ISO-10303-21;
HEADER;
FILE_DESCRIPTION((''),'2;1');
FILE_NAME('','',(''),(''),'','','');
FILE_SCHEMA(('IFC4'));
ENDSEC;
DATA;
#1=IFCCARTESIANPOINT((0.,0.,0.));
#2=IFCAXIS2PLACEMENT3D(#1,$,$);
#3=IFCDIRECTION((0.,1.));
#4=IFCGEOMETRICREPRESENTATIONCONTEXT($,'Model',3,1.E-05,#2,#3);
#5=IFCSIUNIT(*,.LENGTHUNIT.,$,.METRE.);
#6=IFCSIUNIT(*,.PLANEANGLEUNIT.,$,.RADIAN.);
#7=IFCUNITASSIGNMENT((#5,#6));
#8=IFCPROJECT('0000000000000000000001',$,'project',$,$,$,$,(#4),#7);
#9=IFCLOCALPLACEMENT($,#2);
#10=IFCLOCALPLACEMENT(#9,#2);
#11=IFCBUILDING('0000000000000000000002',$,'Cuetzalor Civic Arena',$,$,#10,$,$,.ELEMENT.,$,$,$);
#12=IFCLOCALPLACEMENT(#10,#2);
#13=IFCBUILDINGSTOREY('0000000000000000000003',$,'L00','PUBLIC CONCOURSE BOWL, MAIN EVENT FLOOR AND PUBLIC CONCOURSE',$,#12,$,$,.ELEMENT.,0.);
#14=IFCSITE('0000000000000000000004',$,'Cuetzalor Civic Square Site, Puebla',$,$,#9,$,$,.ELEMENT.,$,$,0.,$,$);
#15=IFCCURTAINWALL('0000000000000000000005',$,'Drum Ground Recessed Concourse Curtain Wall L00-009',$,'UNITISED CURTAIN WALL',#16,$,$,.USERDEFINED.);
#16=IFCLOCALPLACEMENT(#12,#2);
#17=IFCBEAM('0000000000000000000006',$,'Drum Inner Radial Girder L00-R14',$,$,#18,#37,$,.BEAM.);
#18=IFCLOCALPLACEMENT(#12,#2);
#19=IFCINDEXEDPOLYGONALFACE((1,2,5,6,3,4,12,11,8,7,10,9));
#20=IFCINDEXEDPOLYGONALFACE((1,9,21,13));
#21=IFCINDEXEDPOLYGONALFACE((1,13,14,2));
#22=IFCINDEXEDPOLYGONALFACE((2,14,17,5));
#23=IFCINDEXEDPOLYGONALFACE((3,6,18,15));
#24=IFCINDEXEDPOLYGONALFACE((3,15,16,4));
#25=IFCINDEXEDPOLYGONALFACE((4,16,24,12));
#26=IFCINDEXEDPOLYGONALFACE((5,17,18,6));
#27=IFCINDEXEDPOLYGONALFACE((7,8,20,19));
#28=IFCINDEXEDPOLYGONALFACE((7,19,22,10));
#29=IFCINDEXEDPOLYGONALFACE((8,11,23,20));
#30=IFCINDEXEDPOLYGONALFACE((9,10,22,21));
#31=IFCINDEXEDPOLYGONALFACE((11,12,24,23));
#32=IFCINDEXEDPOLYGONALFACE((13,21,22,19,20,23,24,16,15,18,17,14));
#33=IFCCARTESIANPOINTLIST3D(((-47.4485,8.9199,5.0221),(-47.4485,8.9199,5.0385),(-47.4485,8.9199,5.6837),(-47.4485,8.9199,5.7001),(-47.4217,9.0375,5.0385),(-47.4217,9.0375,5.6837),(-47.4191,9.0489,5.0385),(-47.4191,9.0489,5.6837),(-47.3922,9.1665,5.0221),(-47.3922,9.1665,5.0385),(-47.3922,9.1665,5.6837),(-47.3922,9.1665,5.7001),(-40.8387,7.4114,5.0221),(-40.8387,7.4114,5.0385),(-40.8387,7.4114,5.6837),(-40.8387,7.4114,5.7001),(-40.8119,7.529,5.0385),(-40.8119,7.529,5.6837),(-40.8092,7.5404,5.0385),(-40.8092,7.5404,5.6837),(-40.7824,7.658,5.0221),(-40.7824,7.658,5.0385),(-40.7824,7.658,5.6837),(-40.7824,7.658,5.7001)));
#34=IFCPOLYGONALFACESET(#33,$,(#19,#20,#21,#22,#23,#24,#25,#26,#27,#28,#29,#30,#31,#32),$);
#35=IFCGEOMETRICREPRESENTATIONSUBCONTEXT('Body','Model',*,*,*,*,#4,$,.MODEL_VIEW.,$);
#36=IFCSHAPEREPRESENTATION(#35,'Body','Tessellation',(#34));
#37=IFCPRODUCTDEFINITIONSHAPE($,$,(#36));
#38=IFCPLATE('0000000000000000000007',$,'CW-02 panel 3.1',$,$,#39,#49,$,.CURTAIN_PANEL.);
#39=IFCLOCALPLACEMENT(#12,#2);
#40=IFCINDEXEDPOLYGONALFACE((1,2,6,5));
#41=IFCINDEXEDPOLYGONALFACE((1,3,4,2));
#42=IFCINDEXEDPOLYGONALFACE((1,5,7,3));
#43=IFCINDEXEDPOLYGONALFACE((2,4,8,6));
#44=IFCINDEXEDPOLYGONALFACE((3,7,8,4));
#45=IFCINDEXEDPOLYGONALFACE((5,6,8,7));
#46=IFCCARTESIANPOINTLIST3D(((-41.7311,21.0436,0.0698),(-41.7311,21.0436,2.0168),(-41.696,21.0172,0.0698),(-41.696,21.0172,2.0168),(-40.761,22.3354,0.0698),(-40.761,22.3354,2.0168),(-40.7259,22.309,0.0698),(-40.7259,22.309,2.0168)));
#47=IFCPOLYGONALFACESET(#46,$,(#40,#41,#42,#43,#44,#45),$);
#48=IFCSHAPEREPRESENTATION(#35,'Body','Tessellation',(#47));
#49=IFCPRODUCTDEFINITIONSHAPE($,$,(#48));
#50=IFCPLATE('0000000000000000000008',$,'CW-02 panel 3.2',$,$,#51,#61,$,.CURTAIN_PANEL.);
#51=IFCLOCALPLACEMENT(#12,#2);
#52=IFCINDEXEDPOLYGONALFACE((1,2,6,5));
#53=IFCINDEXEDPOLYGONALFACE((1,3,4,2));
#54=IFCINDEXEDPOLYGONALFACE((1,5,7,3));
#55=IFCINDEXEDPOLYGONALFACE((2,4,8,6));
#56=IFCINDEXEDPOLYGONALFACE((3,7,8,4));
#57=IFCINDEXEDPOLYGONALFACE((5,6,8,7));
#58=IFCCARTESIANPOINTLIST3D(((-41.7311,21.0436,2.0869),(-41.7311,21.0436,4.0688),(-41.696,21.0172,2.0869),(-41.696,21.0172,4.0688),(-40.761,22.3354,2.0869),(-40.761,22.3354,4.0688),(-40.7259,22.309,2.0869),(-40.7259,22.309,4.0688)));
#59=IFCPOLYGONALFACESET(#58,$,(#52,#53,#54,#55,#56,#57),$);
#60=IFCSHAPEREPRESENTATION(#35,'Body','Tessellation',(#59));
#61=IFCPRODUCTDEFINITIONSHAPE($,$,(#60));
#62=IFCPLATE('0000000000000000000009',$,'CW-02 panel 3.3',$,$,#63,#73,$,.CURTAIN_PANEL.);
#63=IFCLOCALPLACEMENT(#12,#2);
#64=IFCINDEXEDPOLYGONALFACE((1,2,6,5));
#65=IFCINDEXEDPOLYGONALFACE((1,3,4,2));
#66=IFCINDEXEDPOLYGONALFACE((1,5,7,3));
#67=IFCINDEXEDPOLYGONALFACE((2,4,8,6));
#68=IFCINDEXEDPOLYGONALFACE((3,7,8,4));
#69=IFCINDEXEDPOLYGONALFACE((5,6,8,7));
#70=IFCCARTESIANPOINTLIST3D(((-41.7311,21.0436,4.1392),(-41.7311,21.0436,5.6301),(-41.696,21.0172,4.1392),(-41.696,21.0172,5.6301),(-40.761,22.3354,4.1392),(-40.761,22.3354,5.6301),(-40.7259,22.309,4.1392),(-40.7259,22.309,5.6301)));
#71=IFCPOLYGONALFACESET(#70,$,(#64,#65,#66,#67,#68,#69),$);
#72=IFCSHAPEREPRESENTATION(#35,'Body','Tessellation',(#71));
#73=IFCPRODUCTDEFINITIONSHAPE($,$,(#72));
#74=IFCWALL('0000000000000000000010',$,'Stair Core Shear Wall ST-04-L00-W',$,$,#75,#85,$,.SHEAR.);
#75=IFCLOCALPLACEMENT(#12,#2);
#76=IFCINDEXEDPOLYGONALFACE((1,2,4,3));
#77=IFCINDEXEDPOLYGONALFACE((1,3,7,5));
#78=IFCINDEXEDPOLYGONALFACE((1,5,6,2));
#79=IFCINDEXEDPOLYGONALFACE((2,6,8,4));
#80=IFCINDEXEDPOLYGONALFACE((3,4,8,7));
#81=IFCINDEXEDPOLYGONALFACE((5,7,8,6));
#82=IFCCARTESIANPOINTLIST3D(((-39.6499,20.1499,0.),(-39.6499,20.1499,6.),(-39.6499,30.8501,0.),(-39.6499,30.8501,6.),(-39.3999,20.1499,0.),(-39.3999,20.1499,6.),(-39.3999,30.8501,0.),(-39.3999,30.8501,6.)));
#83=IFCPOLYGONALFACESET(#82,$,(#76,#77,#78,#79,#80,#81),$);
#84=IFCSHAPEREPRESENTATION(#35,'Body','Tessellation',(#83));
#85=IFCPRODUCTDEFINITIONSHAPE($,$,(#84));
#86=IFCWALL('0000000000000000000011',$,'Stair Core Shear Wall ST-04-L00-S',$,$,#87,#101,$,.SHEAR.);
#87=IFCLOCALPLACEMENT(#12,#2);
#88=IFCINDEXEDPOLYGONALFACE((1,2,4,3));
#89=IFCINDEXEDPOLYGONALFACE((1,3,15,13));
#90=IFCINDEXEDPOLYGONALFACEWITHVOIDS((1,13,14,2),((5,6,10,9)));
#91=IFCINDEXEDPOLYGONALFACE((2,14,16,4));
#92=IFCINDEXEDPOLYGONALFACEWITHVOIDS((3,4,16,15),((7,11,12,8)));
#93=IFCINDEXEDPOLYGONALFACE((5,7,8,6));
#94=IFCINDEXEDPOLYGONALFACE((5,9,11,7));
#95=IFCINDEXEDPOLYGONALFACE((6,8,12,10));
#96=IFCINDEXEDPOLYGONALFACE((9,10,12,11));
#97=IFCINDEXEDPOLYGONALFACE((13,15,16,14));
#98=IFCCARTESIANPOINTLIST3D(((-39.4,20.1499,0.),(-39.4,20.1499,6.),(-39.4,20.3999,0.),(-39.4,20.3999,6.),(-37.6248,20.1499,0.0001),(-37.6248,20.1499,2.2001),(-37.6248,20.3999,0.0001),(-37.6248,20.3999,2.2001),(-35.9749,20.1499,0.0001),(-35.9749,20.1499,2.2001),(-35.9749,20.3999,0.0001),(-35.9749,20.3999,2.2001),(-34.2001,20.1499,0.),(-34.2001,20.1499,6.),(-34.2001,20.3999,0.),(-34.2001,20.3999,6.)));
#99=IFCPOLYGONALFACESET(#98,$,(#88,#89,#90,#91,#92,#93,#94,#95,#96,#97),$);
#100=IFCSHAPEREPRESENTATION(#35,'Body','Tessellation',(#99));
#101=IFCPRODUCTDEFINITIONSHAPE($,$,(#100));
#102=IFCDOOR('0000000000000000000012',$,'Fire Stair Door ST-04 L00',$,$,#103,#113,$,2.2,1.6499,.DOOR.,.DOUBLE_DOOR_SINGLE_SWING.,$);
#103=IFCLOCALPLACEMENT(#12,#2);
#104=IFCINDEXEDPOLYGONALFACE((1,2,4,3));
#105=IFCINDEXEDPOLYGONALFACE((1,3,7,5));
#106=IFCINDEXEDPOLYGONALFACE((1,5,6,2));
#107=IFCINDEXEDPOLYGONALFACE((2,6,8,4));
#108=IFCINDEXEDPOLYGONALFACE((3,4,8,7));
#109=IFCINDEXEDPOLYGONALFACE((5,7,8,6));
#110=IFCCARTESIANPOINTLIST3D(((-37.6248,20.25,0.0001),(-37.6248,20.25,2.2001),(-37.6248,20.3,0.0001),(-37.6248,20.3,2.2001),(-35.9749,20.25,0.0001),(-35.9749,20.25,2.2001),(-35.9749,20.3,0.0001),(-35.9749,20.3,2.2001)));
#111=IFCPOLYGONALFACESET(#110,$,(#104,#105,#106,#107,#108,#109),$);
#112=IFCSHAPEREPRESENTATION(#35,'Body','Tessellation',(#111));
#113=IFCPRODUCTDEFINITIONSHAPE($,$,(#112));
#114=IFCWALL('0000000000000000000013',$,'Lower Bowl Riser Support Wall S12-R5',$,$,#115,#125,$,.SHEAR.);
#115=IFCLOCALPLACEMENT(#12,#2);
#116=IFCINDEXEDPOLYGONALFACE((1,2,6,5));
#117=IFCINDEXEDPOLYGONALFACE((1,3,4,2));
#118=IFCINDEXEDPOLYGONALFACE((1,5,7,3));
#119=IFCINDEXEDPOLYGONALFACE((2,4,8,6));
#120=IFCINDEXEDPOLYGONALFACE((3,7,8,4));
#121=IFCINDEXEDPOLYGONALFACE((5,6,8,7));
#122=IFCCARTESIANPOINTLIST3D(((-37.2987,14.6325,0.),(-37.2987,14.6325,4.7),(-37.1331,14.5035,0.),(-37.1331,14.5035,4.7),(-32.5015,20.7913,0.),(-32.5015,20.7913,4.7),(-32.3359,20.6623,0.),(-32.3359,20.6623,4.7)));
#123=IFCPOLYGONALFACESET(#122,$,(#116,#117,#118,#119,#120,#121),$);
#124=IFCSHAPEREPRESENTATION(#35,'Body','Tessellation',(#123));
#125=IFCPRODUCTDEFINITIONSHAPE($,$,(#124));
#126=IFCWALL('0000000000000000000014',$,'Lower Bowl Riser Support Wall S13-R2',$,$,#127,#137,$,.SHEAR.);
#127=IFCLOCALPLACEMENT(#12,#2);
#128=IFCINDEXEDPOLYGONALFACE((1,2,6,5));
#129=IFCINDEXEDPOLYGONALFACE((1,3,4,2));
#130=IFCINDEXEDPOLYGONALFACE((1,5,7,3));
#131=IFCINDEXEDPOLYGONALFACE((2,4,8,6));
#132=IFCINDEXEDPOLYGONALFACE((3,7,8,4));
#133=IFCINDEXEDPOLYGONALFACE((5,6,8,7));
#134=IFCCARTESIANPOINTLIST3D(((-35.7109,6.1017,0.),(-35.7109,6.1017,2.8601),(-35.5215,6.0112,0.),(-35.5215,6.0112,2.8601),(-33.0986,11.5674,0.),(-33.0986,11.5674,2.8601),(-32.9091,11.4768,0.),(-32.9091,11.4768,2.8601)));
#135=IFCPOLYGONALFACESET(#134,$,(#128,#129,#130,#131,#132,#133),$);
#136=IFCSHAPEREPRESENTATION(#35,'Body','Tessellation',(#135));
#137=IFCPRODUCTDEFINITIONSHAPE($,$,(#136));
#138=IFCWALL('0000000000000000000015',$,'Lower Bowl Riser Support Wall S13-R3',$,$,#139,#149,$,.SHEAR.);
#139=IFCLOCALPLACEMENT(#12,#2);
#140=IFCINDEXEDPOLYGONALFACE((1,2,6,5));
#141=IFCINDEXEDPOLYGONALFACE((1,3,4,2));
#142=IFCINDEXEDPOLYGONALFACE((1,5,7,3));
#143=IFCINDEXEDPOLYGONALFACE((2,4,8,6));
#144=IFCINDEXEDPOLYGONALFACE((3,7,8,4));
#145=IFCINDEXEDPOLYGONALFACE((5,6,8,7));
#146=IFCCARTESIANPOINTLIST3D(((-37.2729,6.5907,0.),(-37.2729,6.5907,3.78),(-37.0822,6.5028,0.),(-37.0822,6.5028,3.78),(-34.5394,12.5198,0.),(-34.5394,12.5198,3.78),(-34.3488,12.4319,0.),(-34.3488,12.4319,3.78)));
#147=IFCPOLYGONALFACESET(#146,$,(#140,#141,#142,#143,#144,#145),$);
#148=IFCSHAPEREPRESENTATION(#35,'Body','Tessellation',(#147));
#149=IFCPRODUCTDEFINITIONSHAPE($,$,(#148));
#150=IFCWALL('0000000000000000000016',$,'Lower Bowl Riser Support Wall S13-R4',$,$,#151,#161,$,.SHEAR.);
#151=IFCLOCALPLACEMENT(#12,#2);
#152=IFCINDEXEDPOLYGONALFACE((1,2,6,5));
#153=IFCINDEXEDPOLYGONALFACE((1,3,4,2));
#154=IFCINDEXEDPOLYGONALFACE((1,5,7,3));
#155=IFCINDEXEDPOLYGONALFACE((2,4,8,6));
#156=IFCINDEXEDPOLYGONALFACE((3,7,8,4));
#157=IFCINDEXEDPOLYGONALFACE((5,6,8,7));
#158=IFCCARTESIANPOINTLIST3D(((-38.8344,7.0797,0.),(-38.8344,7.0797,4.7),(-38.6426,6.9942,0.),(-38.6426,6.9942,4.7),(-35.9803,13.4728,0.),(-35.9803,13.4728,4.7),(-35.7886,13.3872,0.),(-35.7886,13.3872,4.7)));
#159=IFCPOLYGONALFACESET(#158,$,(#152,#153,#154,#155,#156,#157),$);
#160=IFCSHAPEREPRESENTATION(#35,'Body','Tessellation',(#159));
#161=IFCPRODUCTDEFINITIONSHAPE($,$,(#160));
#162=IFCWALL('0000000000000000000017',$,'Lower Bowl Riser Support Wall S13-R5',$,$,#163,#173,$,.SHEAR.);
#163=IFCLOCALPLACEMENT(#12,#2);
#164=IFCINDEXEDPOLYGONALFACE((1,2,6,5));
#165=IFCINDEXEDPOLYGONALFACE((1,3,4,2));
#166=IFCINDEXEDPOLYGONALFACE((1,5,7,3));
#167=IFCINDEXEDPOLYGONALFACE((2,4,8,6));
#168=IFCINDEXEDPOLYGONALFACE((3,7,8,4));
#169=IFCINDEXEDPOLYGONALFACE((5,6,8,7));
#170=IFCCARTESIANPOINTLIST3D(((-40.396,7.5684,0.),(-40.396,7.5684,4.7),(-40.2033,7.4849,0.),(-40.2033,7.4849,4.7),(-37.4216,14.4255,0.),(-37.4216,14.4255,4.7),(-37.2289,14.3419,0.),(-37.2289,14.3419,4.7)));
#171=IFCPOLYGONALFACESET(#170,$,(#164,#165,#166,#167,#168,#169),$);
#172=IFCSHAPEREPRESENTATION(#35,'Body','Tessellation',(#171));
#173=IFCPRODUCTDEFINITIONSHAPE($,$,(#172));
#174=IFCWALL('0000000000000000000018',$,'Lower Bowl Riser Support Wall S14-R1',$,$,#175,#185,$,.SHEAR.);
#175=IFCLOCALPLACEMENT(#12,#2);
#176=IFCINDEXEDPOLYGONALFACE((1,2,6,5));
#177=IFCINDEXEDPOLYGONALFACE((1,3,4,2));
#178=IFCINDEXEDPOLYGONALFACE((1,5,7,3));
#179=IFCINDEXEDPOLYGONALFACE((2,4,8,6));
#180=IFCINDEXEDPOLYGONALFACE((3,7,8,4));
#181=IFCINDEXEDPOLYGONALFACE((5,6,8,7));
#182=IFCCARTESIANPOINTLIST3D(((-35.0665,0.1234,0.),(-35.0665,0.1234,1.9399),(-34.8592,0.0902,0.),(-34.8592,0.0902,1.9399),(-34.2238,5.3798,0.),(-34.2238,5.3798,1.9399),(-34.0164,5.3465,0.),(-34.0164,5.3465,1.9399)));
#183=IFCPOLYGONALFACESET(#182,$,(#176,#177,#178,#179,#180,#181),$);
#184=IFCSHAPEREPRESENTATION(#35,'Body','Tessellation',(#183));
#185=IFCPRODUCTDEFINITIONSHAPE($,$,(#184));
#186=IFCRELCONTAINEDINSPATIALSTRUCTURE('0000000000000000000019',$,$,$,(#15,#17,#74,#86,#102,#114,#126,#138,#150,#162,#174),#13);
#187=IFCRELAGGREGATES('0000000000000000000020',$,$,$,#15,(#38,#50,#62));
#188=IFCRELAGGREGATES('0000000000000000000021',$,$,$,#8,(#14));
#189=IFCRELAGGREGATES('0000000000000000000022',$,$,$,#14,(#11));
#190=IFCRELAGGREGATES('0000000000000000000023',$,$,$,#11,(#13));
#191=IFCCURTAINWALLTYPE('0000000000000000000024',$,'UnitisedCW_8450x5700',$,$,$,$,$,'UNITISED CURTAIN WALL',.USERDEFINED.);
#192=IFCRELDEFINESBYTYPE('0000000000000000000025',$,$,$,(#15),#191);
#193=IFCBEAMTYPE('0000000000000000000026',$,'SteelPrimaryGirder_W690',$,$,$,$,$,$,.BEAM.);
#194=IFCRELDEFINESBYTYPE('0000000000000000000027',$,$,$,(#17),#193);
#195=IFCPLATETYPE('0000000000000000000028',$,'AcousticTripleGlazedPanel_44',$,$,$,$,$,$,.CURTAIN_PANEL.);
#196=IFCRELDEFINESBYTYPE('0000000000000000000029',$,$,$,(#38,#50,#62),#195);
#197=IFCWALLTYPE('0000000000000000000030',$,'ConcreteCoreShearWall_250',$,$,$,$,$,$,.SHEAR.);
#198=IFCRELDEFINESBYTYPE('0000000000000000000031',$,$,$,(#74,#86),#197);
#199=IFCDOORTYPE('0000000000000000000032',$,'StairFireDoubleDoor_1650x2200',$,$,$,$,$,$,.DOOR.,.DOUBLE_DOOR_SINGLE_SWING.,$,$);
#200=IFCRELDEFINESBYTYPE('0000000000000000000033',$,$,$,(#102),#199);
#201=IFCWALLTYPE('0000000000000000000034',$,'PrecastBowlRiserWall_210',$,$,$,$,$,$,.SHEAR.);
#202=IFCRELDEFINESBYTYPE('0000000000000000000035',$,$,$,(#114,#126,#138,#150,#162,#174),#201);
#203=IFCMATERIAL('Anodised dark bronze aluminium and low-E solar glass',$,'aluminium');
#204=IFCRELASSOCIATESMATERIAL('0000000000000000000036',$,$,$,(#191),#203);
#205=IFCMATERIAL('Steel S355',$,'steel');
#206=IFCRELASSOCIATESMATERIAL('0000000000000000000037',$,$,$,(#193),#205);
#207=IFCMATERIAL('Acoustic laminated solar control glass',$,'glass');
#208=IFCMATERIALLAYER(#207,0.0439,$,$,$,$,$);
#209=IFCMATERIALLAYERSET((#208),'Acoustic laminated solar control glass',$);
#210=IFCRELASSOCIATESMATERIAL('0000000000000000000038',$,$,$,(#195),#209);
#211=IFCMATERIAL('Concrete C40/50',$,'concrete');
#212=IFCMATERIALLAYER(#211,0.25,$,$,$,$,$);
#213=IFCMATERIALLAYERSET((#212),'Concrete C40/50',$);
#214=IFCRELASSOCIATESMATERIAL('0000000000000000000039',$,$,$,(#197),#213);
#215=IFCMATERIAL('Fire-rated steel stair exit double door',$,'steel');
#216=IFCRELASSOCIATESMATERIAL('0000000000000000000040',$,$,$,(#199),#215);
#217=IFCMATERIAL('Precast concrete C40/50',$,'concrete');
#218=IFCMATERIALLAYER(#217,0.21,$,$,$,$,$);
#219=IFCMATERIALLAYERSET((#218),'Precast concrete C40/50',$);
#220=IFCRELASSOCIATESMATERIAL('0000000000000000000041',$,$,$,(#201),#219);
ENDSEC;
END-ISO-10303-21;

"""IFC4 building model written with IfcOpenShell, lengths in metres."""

from ifc_helpers import new_model, si_unit, direction, frame, frame_2d, origin, origin_2d, place, context, subcontext, project, spatial, rectangle, i_section, extrude, material, layer, layer_set, material_profile, profile_set, type_object, element, fill, aggregate, save


model = new_model("IFC4")

# Units and contexts
model_context = context("Model", 3, precision=1e-05, world=origin(), true_north=direction((0.0, 1.0)))
body_context = subcontext(model_context, "Body", "Model", "MODEL_VIEW")
ifc_project = project(units=[si_unit("LENGTHUNIT", "METRE"), si_unit("PLANEANGLEUNIT", "RADIAN")], contexts=[model_context])

# Site, building, storey
site_placement = place(None, origin())
site = spatial("IfcSite", under=ifc_project, at=site_placement, Name="Cuetzalor Civic Square Site, Puebla", CompositionType="ELEMENT", RefElevation=0.0)
building_placement = place(site_placement, origin())
building = spatial("IfcBuilding", under=site, at=building_placement, Name="Cuetzalor Civic Arena", CompositionType="ELEMENT")
storey_placement = place(building_placement, origin())
storey = spatial("IfcBuildingStorey", under=building, at=storey_placement, Name="L00", Description="PUBLIC CONCOURSE BOWL, MAIN EVENT FLOOR AND PUBLIC CONCOURSE", CompositionType="ELEMENT", Elevation=0.0)

# Curtain wall
ifc_material_1 = material(Name="Anodised dark bronze aluminium and low-E solar glass", Category="aluminium")
curtain_wall_type = type_object("IfcCurtainWallType", Name="UnitisedCW_8450x5700", ElementType="UNITISED CURTAIN WALL", PredefinedType="USERDEFINED", material=ifc_material_1)
curtain_wall_placement = place(storey_placement, origin())
curtain_wall = element("IfcCurtainWall", 1, at=curtain_wall_placement, inside=storey, type_object=curtain_wall_type, Name="Drum Ground Recessed Concourse Curtain Wall L00-009", ObjectType="UNITISED CURTAIN WALL", PredefinedType="USERDEFINED")

# Beam
ifc_material_2 = material(Name="Steel S355", Category="steel")
ifc_material_profile_1 = material_profile(ifc_material_2, i_section(OverallWidth=0.2529, OverallDepth=0.678, WebThickness=0.0117, FlangeThickness=0.0164, at=origin_2d()), Name="W690x125")
ifc_profile_set_1 = profile_set([ifc_material_profile_1], Name="Steel S355")
beam_type_1 = type_object("IfcBeamType", Name="SteelPrimaryGirder_W690", PredefinedType="BEAM", material=ifc_profile_set_1)
beam_1_placement = place(storey_placement, frame((-40.8105, 7.5347, 5.3611), z_axis=(-0.974932, 0.222505, 0.0), x_axis=(-0.222505, -0.974932, 0.0)))
element("IfcBeam", 2, at=beam_1_placement, inside=storey, type_object=beam_type_1, Name="Drum Inner Radial Girder L00-R14", PredefinedType="BEAM", context=body_context, shape_type="SweptSolid", body=[
    extrude(i_section(OverallWidth=0.2529, OverallDepth=0.678, WebThickness=0.0117, FlangeThickness=0.0164, at=origin_2d()), origin(), (0.0, 0.0, 1.0), 6.7798),
])

# Plates
ifc_material_3 = material(Name="Acoustic laminated solar control glass", Category="glass")
ifc_layer_1 = layer(ifc_material_3, 0.0439)
ifc_layer_set_1 = layer_set([ifc_layer_1], Name="Acoustic laminated solar control glass")
plate_type = type_object("IfcPlateType", Name="AcousticTripleGlazedPanel_44", PredefinedType="CURTAIN_PANEL", material=ifc_layer_set_1)
plate_1_placement = place(storey_placement, frame((-41.2285, 21.6763, 0.0698), z_axis=(0.0, 0.0, 1.0), x_axis=(0.600492, 0.799631, 0.0)))
plate_1 = element("IfcPlate", 3, at=plate_1_placement, type_object=plate_type, Name="CW-02 panel 3.1", PredefinedType="CURTAIN_PANEL", context=body_context, shape_type="SweptSolid", body=[
    extrude(rectangle(XDim=1.6155, YDim=0.0439, at=origin_2d()), origin(), (0.0, 0.0, 1.0), 1.947),
])
plate_2_placement = place(storey_placement, frame((-41.2285, 21.6763, 2.0869), z_axis=(0.0, 0.0, 1.0), x_axis=(0.600492, 0.799631, 0.0)))
plate_2 = element("IfcPlate", 4, at=plate_2_placement, type_object=plate_type, Name="CW-02 panel 3.2", PredefinedType="CURTAIN_PANEL", context=body_context, shape_type="SweptSolid", body=[
    extrude(rectangle(XDim=1.6155, YDim=0.0439, at=origin_2d()), origin(), (0.0, 0.0, 1.0), 1.9819),
])
plate_3_placement = place(storey_placement, frame((-41.2285, 21.6763, 4.1392), z_axis=(0.0, 0.0, 1.0), x_axis=(0.600492, 0.799631, 0.0)))
plate_3 = element("IfcPlate", 5, at=plate_3_placement, type_object=plate_type, Name="CW-02 panel 3.3", PredefinedType="CURTAIN_PANEL", context=body_context, shape_type="SweptSolid", body=[
    extrude(rectangle(XDim=1.6155, YDim=0.0439, at=origin_2d()), origin(), (0.0, 0.0, 1.0), 1.491),
])
aggregate(curtain_wall, [plate_1, plate_2, plate_3])

# Wall
ifc_material_4 = material(Name="Concrete C40/50", Category="concrete")
ifc_layer_2 = layer(ifc_material_4, 0.25)
ifc_layer_set_2 = layer_set([ifc_layer_2], Name="Concrete C40/50")
wall_type_1 = type_object("IfcWallType", Name="ConcreteCoreShearWall_250", PredefinedType="SHEAR", material=ifc_layer_set_2)
wall_1_placement = place(storey_placement, frame((-39.5249, 20.1499, 0.0), z_axis=(0.0, 0.0, 1.0), x_axis=(0.0, 1.0, 0.0)))
element("IfcWall", 6, at=wall_1_placement, inside=storey, type_object=wall_type_1, Name="Stair Core Shear Wall ST-04-L00-W", PredefinedType="SHEAR", context=body_context, shape_type="SweptSolid", body=[
    extrude(rectangle(XDim=10.7002, YDim=0.25, at=frame_2d((5.3501, 0.0))), origin(), (0.0, 0.0, 1.0), 6.0),
])

# Wall, opening, door
wall_2_placement = place(storey_placement, frame((-34.2, 20.2749, 0.0), z_axis=(0.0, 0.0, 1.0), x_axis=(-1.0, 0.0, 0.0)))
wall_2 = element("IfcWall", 7, at=wall_2_placement, inside=storey, type_object=wall_type_1, Name="Stair Core Shear Wall ST-04-L00-S", PredefinedType="SHEAR", context=body_context, shape_type="SweptSolid", body=[
    extrude(rectangle(XDim=5.2, YDim=0.25, at=frame_2d((2.6001, 0.0))), origin(), (0.0, 0.0, 1.0), 6.0),
])
opening_placement = place(wall_2_placement, frame((1.7749, 0.0, 0.0)))
opening = element("IfcOpeningElement", 8, at=opening_placement, cuts=wall_2, PredefinedType="OPENING", context=body_context, shape_type="SweptSolid", body=[
    extrude(rectangle(XDim=1.6499, YDim=2.2, at=frame_2d((0.825, 1.1001))), frame((0.0, 0.135, 0.0), z_axis=(0.0, -1.0, 0.0), x_axis=(1.0, 0.0, 0.0)), (0.0, 0.0, 1.0), 0.27),
])
ifc_material_5 = material(Name="Fire-rated steel stair exit double door", Category="steel")
door_type = type_object("IfcDoorType", Name="StairFireDoubleDoor_1650x2200", OperationType="DOUBLE_DOOR_SINGLE_SWING", PredefinedType="DOOR", material=ifc_material_5)
door_placement = place(opening_placement, origin())
door = element("IfcDoor", 9, at=door_placement, inside=storey, type_object=door_type, Name="Fire Stair Door ST-04 L00", OperationType="DOUBLE_DOOR_SINGLE_SWING", OverallHeight=2.2, OverallWidth=1.6499, PredefinedType="DOOR", context=body_context, shape_type="SweptSolid", body=[
    extrude(rectangle(XDim=1.6499, YDim=2.2, at=frame_2d((0.825, 1.1001))), frame((0.0, 0.0249, 0.0), z_axis=(0.0, -1.0, 0.0), x_axis=(1.0, 0.0, 0.0)), (0.0, 0.0, 1.0), 0.05),
])
fill(opening, door)

# Walls
ifc_material_6 = material(Name="Precast concrete C40/50", Category="concrete")
ifc_layer_3 = layer(ifc_material_6, 0.21)
ifc_layer_set_3 = layer_set([ifc_layer_3], Name="Precast concrete C40/50")
wall_type_2 = type_object("IfcWallType", Name="PrecastBowlRiserWall_210", PredefinedType="SHEAR", material=ifc_layer_set_3)
wall_3_placement = place(storey_placement, frame((-32.4187, 20.7268, 0.0), z_axis=(0.0, 0.0, 1.0), x_axis=(-0.614501, -0.788916, 0.0)))
element("IfcWall", 10, at=wall_3_placement, inside=storey, type_object=wall_type_2, Name="Lower Bowl Riser Support Wall S12-R5", PredefinedType="SHEAR", context=body_context, shape_type="SweptSolid", body=[
    extrude(rectangle(XDim=7.8066, YDim=0.21, at=frame_2d((3.9033, 0.0))), origin(), (0.0, 0.0, 1.0), 4.7),
])
wall_4_placement = place(storey_placement, frame((-33.0039, 11.522, 0.0), z_axis=(0.0, 0.0, 1.0), x_axis=(-0.431232, -0.902241, 0.0)))
element("IfcWall", 11, at=wall_4_placement, inside=storey, type_object=wall_type_2, Name="Lower Bowl Riser Support Wall S13-R2", PredefinedType="SHEAR", context=body_context, shape_type="SweptSolid", body=[
    extrude(rectangle(XDim=6.0579, YDim=0.21, at=frame_2d((3.0288, 0.0))), origin(), (0.0, 0.0, 1.0), 2.8601),
])
wall_5_placement = place(storey_placement, frame((-34.4441, 12.4758, 0.0), z_axis=(0.0, 0.0, 1.0), x_axis=(-0.418674, -0.908137, 0.0)))
element("IfcWall", 12, at=wall_5_placement, inside=storey, type_object=wall_type_2, Name="Lower Bowl Riser Support Wall S13-R3", PredefinedType="SHEAR", context=body_context, shape_type="SweptSolid", body=[
    extrude(rectangle(XDim=6.5288, YDim=0.21, at=frame_2d((3.2644, 0.0))), origin(), (0.0, 0.0, 1.0), 3.78),
])
wall_6_placement = place(storey_placement, frame((-35.8845, 13.4299, 0.0), z_axis=(0.0, 0.0, 1.0), x_axis=(-0.407646, -0.91314, 0.0)))
element("IfcWall", 13, at=wall_6_placement, inside=storey, type_object=wall_type_2, Name="Lower Bowl Riser Support Wall S13-R4", PredefinedType="SHEAR", context=body_context, shape_type="SweptSolid", body=[
    extrude(rectangle(XDim=7.0012, YDim=0.21, at=frame_2d((3.5005, 0.0))), origin(), (0.0, 0.0, 1.0), 4.7),
])
wall_7_placement = place(storey_placement, frame((-37.3252, 14.3838, 0.0), z_axis=(0.0, 0.0, 1.0), x_axis=(-0.397948, -0.917408, 0.0)))
element("IfcWall", 14, at=wall_7_placement, inside=storey, type_object=wall_type_2, Name="Lower Bowl Riser Support Wall S13-R5", PredefinedType="SHEAR", context=body_context, shape_type="SweptSolid", body=[
    extrude(rectangle(XDim=7.4744, YDim=0.21, at=frame_2d((3.7373, 0.0))), origin(), (0.0, 0.0, 1.0), 4.7),
])
wall_8_placement = place(storey_placement, frame((-34.1201, 5.363, 0.0), z_axis=(0.0, 0.0, 1.0), x_axis=(-0.158312, -0.987389, 0.0)))
element("IfcWall", 15, at=wall_8_placement, inside=storey, type_object=wall_type_2, Name="Lower Bowl Riser Support Wall S14-R1", PredefinedType="SHEAR", context=body_context, shape_type="SweptSolid", body=[
    extrude(rectangle(XDim=5.3235, YDim=0.21, at=frame_2d((2.6616, 0.0))), origin(), (0.0, 0.0, 1.0), 1.9399),
])

save(model, "model.ifc")
